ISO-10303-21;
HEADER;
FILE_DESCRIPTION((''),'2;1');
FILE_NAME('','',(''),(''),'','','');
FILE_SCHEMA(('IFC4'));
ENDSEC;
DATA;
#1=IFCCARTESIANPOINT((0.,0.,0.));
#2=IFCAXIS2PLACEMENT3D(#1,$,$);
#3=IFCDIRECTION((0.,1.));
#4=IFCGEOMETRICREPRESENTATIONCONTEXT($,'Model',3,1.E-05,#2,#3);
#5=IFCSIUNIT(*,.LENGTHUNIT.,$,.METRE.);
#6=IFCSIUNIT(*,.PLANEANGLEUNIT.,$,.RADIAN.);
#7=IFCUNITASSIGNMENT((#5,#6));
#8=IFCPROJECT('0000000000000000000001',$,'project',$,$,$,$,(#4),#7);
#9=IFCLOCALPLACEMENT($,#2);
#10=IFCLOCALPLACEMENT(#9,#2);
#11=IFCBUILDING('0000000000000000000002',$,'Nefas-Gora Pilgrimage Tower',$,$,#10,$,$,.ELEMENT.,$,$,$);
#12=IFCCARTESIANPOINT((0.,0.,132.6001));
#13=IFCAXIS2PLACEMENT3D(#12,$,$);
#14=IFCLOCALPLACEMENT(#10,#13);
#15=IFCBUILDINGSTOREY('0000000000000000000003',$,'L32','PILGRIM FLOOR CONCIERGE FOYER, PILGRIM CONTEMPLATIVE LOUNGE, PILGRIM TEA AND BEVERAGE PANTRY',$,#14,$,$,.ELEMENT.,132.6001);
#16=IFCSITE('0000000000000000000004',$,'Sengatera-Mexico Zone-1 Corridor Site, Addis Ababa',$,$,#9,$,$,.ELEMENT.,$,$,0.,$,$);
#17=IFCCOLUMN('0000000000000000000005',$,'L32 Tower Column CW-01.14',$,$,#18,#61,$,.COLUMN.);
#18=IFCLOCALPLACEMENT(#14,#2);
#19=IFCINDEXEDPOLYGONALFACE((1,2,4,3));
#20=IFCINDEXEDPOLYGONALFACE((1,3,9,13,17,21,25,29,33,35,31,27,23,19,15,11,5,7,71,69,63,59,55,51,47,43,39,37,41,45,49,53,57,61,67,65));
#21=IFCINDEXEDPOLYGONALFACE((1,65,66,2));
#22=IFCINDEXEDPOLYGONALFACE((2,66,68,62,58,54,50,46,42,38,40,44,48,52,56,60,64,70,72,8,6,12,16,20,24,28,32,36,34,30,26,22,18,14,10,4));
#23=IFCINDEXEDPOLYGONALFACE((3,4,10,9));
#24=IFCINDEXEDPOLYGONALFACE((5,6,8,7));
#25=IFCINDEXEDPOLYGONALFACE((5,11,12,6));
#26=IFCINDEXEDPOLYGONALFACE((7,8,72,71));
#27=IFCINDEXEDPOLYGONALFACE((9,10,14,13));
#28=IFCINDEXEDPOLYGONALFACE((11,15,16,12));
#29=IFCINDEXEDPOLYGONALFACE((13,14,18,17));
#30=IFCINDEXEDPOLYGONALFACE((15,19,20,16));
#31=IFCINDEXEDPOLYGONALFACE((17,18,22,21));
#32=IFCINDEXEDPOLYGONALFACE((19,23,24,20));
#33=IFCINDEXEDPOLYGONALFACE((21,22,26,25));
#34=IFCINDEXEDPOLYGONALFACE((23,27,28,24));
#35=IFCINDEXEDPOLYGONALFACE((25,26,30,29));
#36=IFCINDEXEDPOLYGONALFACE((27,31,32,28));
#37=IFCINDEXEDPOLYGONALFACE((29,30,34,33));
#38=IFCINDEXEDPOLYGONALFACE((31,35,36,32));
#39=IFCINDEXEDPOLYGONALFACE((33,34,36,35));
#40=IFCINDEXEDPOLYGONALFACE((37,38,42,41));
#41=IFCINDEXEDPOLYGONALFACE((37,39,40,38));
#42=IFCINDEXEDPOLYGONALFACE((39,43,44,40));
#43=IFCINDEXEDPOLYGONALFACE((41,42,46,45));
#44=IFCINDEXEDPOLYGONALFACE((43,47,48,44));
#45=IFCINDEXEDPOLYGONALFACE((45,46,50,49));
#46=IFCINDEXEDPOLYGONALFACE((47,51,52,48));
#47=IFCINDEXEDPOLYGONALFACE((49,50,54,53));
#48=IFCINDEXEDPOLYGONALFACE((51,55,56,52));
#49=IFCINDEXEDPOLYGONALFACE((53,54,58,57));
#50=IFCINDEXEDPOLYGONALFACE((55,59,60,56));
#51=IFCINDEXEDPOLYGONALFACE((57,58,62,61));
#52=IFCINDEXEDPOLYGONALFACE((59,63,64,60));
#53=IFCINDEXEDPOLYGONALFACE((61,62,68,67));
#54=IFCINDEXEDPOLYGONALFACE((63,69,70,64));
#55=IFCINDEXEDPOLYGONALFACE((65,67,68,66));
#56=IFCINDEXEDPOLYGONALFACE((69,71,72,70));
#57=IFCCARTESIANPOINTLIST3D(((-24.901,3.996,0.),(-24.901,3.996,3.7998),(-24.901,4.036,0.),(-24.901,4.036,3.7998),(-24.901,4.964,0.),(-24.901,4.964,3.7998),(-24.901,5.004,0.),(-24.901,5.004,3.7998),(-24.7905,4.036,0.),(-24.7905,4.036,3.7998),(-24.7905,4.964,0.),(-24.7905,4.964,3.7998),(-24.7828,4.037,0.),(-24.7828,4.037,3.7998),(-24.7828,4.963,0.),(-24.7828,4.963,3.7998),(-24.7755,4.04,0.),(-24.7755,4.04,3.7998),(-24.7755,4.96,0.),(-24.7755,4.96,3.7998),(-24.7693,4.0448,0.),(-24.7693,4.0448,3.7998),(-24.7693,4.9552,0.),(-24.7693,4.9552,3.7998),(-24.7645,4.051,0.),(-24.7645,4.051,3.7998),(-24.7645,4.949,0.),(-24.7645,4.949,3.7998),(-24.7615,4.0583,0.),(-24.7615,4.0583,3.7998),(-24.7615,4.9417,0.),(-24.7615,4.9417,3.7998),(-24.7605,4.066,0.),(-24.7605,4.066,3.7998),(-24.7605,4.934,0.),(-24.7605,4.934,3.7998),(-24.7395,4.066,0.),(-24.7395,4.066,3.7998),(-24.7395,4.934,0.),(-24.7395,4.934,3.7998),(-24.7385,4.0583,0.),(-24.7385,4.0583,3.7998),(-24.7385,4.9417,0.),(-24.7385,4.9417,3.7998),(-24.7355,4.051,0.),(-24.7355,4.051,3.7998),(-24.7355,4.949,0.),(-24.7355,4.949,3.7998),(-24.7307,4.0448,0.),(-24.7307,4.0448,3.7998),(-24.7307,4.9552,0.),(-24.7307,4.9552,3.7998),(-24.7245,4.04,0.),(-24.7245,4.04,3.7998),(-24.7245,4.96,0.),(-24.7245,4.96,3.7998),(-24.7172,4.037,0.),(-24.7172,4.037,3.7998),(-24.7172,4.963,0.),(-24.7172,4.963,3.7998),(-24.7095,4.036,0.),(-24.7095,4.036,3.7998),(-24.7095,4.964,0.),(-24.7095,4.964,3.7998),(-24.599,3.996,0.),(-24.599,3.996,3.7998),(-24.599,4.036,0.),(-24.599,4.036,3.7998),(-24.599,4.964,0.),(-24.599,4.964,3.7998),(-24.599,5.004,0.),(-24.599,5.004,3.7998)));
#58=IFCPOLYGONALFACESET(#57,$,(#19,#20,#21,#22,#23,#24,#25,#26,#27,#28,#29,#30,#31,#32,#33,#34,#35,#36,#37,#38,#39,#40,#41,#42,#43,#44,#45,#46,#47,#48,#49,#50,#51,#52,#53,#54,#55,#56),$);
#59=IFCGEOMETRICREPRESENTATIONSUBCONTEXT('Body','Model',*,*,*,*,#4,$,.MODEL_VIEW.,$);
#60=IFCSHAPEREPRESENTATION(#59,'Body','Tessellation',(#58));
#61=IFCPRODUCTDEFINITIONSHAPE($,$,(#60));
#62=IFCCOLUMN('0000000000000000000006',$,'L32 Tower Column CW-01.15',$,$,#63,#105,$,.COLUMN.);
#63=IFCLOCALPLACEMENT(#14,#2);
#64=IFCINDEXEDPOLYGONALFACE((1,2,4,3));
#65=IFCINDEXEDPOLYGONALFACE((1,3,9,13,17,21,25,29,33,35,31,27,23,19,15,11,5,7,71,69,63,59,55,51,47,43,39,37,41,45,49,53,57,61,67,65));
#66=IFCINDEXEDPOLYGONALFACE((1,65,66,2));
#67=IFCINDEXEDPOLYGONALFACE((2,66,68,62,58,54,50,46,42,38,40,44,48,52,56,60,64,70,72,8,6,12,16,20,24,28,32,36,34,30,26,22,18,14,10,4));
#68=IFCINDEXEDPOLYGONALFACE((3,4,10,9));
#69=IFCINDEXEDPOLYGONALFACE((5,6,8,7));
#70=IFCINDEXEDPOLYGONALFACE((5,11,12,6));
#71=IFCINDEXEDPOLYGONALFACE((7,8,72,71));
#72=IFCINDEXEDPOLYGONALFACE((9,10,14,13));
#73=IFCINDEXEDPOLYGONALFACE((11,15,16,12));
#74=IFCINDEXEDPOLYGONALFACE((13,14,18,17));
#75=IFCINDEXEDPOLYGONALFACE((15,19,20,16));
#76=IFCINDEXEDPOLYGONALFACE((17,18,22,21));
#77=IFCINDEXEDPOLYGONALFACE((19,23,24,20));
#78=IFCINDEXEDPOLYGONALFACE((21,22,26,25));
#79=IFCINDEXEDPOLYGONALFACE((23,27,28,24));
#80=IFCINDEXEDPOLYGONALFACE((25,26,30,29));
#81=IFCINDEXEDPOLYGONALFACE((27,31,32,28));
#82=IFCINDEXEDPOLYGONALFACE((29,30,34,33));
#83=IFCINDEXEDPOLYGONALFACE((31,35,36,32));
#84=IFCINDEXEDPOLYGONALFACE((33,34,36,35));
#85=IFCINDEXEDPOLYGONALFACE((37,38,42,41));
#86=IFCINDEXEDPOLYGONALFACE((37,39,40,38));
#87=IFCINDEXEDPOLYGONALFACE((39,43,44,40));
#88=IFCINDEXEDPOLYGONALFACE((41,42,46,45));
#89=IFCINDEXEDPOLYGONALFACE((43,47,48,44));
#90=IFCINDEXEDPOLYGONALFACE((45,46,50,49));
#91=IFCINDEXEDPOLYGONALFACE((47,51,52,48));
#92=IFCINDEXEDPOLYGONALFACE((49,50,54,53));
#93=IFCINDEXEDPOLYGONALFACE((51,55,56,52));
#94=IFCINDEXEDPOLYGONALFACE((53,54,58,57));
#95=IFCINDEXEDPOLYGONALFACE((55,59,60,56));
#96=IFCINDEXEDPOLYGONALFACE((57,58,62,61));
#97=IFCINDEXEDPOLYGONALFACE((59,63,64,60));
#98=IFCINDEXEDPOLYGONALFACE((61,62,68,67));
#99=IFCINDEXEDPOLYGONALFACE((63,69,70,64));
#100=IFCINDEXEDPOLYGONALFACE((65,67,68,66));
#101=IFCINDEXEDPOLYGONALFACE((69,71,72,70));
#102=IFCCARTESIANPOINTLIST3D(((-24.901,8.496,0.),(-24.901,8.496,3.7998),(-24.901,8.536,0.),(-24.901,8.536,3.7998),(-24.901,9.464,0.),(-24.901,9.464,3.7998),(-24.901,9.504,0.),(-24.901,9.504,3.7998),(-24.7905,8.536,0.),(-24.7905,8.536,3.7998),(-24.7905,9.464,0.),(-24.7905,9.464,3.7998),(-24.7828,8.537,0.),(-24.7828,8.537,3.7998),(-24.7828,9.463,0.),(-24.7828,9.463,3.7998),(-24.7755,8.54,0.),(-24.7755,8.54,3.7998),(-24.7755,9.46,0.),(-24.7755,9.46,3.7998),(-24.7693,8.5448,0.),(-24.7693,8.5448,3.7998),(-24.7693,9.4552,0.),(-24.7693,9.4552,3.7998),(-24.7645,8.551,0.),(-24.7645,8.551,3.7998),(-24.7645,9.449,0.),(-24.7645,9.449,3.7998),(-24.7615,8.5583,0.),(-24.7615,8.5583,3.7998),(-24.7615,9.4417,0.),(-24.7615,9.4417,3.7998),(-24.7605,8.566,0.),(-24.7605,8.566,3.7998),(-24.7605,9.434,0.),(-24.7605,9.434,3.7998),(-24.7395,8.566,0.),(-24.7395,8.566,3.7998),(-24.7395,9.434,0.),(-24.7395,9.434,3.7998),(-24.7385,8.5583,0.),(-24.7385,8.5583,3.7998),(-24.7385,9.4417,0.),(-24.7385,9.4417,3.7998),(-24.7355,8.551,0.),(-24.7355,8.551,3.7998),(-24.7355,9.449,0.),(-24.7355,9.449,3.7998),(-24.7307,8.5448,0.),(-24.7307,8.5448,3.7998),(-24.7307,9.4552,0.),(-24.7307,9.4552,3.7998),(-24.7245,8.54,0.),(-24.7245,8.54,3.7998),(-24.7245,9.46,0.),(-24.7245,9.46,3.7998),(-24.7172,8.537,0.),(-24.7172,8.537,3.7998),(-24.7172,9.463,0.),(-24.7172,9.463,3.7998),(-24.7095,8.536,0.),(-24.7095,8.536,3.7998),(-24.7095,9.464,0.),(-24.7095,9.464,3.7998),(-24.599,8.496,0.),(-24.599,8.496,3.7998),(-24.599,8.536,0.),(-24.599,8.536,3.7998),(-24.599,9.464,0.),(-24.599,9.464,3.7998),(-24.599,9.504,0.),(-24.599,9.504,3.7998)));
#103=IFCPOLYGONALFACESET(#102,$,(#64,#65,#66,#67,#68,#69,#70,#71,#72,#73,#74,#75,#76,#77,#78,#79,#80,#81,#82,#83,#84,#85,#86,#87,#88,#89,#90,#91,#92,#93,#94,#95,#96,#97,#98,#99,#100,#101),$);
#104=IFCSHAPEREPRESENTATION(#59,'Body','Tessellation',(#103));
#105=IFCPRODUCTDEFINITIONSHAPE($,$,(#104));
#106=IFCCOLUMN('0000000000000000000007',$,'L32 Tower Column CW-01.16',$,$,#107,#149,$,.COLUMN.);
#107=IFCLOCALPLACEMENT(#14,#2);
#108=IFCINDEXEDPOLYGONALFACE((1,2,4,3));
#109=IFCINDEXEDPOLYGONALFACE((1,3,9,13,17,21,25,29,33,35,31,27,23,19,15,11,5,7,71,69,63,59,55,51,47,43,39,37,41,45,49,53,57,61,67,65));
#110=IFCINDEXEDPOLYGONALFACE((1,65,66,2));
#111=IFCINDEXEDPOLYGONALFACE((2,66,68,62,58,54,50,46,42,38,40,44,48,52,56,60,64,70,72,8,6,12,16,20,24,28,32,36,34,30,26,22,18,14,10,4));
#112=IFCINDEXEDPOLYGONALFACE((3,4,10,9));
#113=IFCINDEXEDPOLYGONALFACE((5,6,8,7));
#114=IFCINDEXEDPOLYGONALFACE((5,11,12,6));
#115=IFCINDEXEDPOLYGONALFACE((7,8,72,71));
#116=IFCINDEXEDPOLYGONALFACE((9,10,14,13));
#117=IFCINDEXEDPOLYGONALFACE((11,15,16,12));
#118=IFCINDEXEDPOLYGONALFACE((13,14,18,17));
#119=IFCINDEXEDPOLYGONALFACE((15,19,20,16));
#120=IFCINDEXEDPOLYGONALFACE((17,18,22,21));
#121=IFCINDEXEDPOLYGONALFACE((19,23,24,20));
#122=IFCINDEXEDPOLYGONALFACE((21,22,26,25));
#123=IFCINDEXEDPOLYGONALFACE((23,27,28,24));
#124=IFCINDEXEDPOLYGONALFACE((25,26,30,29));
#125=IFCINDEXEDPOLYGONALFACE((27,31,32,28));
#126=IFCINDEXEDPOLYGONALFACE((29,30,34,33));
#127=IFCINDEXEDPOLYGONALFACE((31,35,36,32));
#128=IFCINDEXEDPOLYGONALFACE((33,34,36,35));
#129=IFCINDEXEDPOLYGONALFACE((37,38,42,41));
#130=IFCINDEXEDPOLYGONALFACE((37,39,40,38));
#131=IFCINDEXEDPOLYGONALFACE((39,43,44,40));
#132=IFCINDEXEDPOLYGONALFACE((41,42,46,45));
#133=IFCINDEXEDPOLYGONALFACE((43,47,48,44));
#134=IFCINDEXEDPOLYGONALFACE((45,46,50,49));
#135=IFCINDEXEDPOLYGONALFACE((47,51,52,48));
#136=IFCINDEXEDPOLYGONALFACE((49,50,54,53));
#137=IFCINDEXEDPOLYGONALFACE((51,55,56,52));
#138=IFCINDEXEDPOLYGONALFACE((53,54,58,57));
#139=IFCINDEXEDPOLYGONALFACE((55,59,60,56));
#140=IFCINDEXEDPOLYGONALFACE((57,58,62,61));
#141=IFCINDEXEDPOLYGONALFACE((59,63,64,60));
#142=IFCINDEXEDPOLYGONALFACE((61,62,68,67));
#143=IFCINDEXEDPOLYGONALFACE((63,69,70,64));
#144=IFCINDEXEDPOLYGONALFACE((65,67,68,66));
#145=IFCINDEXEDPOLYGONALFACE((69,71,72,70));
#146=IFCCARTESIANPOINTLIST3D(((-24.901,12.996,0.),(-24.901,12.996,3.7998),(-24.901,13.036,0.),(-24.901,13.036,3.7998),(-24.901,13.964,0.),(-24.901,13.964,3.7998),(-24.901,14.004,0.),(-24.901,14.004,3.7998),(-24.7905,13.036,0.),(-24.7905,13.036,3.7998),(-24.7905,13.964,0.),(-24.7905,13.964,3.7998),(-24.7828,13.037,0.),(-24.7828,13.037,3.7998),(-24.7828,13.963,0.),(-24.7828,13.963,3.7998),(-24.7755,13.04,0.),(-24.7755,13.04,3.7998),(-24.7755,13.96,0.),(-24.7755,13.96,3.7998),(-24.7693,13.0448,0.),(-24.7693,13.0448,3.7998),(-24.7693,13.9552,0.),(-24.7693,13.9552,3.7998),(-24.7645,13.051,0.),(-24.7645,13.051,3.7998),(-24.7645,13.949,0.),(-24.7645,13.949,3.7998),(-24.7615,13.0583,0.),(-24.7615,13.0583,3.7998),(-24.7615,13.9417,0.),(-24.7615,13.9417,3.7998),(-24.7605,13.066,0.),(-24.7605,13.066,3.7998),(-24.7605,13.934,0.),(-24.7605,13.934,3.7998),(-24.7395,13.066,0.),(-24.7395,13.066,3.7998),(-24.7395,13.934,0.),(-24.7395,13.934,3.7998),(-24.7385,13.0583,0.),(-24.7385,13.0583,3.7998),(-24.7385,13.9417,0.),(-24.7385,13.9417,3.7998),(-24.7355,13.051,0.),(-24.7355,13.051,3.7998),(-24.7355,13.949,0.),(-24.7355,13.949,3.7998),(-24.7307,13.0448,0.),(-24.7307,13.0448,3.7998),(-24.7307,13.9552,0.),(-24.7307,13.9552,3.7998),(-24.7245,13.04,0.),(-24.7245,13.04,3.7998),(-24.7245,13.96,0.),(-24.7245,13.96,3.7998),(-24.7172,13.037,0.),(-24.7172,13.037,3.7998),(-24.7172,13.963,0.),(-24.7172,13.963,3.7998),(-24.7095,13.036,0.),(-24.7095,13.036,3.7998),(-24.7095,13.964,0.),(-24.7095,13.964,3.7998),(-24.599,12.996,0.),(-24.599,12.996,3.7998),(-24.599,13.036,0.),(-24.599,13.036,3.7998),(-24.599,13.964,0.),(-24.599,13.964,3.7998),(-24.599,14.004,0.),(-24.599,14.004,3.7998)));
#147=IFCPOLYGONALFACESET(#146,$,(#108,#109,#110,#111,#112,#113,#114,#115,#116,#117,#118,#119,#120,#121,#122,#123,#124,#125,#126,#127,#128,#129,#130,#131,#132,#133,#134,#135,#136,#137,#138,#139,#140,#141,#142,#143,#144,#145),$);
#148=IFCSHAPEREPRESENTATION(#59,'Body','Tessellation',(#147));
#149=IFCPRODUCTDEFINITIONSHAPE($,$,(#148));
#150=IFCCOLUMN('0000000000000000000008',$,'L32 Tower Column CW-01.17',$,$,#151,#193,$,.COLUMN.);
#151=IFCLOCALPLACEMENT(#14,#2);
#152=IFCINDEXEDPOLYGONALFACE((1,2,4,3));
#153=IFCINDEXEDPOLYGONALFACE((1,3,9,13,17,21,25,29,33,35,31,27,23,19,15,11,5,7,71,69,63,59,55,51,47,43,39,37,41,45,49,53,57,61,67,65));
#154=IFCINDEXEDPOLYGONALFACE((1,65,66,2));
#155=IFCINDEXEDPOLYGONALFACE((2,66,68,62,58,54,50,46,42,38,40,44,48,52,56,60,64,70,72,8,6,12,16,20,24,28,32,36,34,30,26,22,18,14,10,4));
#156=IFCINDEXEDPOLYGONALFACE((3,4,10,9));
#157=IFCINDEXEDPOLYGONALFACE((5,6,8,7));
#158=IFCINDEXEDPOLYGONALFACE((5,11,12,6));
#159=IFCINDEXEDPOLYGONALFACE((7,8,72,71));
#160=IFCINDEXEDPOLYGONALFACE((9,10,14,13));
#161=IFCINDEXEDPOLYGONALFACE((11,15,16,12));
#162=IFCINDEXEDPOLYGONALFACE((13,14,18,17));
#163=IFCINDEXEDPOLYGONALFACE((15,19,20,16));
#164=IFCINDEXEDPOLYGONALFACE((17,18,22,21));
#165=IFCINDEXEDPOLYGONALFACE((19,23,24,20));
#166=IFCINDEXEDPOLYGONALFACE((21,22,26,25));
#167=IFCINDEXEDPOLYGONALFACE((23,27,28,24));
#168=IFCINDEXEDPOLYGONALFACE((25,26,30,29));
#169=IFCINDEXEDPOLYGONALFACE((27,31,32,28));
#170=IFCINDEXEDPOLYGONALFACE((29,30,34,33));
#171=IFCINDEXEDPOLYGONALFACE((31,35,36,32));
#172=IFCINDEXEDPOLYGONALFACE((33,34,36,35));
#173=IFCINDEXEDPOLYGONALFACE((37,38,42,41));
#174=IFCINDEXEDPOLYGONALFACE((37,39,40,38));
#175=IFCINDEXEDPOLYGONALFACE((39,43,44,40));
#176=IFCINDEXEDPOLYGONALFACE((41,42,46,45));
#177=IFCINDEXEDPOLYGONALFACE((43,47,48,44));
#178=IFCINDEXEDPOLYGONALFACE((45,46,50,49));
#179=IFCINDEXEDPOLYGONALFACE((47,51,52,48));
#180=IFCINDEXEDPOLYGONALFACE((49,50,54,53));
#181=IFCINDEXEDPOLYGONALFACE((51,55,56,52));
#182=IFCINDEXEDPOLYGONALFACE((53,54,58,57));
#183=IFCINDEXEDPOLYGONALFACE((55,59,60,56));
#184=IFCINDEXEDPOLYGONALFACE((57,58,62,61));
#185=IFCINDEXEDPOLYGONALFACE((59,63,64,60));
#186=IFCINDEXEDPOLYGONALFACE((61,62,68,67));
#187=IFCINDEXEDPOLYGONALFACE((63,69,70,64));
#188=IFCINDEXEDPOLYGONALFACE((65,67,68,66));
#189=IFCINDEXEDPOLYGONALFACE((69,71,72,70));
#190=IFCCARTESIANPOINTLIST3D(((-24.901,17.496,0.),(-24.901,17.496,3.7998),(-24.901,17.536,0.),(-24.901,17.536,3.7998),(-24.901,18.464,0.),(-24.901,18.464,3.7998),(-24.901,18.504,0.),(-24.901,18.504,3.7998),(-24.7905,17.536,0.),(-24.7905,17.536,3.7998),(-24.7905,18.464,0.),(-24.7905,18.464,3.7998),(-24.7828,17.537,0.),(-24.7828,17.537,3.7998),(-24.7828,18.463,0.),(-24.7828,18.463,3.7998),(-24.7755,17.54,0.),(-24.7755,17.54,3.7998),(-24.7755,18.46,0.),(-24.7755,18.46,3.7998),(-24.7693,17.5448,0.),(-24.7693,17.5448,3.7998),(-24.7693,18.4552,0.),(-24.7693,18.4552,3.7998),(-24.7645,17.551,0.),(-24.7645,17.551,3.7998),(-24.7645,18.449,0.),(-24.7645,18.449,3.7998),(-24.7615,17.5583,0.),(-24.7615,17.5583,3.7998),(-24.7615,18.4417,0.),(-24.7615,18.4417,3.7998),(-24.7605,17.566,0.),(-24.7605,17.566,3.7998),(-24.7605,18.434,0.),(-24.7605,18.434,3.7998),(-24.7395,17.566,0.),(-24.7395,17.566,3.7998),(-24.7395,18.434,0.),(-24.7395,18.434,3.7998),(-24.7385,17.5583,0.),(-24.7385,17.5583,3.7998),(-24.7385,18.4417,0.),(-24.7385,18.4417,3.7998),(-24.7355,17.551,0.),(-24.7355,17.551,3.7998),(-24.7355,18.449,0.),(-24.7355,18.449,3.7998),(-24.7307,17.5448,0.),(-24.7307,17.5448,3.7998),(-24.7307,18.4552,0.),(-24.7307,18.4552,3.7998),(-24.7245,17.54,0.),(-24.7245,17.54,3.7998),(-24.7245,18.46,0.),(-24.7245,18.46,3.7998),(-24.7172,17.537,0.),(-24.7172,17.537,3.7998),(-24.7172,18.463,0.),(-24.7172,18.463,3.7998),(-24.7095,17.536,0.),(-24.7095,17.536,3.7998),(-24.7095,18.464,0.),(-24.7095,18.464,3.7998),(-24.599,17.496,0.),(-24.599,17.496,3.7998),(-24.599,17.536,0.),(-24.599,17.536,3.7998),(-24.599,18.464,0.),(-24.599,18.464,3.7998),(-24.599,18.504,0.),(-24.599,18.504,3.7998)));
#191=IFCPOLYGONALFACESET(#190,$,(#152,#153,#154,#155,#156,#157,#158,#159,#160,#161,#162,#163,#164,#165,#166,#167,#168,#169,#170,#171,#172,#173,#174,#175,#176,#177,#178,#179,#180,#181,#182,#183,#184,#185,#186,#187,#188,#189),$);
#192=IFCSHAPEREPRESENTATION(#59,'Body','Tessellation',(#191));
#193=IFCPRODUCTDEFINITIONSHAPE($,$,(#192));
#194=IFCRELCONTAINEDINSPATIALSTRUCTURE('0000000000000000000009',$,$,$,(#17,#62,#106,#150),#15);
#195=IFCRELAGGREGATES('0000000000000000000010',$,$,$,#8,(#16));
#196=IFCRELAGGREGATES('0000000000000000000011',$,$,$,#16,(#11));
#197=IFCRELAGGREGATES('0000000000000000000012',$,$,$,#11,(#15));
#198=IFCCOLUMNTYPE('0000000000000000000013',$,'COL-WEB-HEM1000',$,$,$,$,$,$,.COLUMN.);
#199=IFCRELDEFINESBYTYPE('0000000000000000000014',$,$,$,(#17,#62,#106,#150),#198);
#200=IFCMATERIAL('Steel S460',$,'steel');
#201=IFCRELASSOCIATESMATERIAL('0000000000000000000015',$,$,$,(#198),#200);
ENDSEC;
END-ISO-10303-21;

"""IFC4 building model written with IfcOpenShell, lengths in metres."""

from ifc_helpers import new_model, si_unit, direction, frame, origin, origin_2d, place, context, subcontext, project, spatial, i_section, extrude, source, transform, mapped, material, material_profile, profile_set, type_object, element, save


model = new_model("IFC4")

# Units and contexts
model_context = context("Model", 3, precision=1e-05, world=origin(), true_north=direction((0.0, 1.0)))
body_context = subcontext(model_context, "Body", "Model", "MODEL_VIEW")
ifc_project = project(units=[si_unit("LENGTHUNIT", "METRE"), si_unit("PLANEANGLEUNIT", "RADIAN")], contexts=[model_context])

# Site, building, storey
site_placement = place(None, origin())
site = spatial("IfcSite", under=ifc_project, at=site_placement, Name="Sengatera-Mexico Zone-1 Corridor Site, Addis Ababa", CompositionType="ELEMENT", RefElevation=0.0)
building_placement = place(site_placement, origin())
building = spatial("IfcBuilding", under=site, at=building_placement, Name="Nefas-Gora Pilgrimage Tower", CompositionType="ELEMENT")
storey_placement = place(building_placement, frame((0.0, 0.0, 132.6001)))
storey = spatial("IfcBuildingStorey", under=building, at=storey_placement, Name="L32", Description="PILGRIM FLOOR CONCIERGE FOYER, PILGRIM CONTEMPLATIVE LOUNGE, PILGRIM TEA AND BEVERAGE PANTRY", CompositionType="ELEMENT", Elevation=132.6001)

# Columns
ifc_material_1 = material(Name="Steel S460", Category="steel")
ifc_material_profile_1 = material_profile(ifc_material_1, i_section(OverallWidth=0.302, OverallDepth=1.0081, WebThickness=0.021, FlangeThickness=0.04, FilletRadius=0.03, at=origin_2d()), Name="HEM 1000")
ifc_profile_set_1 = profile_set([ifc_material_profile_1], Name="Steel S460")
column_type_1 = type_object("IfcColumnType", Name="COL-WEB-HEM1000", PredefinedType="COLUMN", material=ifc_profile_set_1)
shared_shape_1 = source(origin(), body_context, "Body", "SweptSolid", [
    extrude(i_section(OverallWidth=0.302, OverallDepth=1.0081, WebThickness=0.021, FlangeThickness=0.04, FilletRadius=0.03, at=origin_2d()), origin(), (0.0, 0.0, 1.0), 3.7998),
])
for number, where, z_axis, x_axis, name in (
    (1, (-24.75, 4.5, 0.0), (0.0, 0.0, 1.0), (1.0, 0.0, 0.0), "L32 Tower Column CW-01.14"),
    (2, (-24.75, 9.0, 0.0), (0.0, 0.0, 1.0), (1.0, 0.0, 0.0), "L32 Tower Column CW-01.15"),
    (3, (-24.75, 13.5, 0.0), (0.0, 0.0, 1.0), (1.0, 0.0, 0.0), "L32 Tower Column CW-01.16"),
    (4, (-24.75, 18.0, 0.0), (0.0, 0.0, 1.0), (1.0, 0.0, 0.0), "L32 Tower Column CW-01.17"),
):
    element("IfcColumn", number, at=place(storey_placement, frame(where, z_axis=z_axis, x_axis=x_axis)), inside=storey, type_object=column_type_1, Name=name, PredefinedType="COLUMN", context=body_context, shape_type="MappedRepresentation", body=[
        mapped(shared_shape_1, transform((0.0, 0.0, 0.0), x_axis=(1.0, 0.0, 0.0), y_axis=(0.0, 1.0, 0.0), z_axis=(0.0, 0.0, 1.0), scale=1.0)),
    ])

save(model, "model.ifc")
